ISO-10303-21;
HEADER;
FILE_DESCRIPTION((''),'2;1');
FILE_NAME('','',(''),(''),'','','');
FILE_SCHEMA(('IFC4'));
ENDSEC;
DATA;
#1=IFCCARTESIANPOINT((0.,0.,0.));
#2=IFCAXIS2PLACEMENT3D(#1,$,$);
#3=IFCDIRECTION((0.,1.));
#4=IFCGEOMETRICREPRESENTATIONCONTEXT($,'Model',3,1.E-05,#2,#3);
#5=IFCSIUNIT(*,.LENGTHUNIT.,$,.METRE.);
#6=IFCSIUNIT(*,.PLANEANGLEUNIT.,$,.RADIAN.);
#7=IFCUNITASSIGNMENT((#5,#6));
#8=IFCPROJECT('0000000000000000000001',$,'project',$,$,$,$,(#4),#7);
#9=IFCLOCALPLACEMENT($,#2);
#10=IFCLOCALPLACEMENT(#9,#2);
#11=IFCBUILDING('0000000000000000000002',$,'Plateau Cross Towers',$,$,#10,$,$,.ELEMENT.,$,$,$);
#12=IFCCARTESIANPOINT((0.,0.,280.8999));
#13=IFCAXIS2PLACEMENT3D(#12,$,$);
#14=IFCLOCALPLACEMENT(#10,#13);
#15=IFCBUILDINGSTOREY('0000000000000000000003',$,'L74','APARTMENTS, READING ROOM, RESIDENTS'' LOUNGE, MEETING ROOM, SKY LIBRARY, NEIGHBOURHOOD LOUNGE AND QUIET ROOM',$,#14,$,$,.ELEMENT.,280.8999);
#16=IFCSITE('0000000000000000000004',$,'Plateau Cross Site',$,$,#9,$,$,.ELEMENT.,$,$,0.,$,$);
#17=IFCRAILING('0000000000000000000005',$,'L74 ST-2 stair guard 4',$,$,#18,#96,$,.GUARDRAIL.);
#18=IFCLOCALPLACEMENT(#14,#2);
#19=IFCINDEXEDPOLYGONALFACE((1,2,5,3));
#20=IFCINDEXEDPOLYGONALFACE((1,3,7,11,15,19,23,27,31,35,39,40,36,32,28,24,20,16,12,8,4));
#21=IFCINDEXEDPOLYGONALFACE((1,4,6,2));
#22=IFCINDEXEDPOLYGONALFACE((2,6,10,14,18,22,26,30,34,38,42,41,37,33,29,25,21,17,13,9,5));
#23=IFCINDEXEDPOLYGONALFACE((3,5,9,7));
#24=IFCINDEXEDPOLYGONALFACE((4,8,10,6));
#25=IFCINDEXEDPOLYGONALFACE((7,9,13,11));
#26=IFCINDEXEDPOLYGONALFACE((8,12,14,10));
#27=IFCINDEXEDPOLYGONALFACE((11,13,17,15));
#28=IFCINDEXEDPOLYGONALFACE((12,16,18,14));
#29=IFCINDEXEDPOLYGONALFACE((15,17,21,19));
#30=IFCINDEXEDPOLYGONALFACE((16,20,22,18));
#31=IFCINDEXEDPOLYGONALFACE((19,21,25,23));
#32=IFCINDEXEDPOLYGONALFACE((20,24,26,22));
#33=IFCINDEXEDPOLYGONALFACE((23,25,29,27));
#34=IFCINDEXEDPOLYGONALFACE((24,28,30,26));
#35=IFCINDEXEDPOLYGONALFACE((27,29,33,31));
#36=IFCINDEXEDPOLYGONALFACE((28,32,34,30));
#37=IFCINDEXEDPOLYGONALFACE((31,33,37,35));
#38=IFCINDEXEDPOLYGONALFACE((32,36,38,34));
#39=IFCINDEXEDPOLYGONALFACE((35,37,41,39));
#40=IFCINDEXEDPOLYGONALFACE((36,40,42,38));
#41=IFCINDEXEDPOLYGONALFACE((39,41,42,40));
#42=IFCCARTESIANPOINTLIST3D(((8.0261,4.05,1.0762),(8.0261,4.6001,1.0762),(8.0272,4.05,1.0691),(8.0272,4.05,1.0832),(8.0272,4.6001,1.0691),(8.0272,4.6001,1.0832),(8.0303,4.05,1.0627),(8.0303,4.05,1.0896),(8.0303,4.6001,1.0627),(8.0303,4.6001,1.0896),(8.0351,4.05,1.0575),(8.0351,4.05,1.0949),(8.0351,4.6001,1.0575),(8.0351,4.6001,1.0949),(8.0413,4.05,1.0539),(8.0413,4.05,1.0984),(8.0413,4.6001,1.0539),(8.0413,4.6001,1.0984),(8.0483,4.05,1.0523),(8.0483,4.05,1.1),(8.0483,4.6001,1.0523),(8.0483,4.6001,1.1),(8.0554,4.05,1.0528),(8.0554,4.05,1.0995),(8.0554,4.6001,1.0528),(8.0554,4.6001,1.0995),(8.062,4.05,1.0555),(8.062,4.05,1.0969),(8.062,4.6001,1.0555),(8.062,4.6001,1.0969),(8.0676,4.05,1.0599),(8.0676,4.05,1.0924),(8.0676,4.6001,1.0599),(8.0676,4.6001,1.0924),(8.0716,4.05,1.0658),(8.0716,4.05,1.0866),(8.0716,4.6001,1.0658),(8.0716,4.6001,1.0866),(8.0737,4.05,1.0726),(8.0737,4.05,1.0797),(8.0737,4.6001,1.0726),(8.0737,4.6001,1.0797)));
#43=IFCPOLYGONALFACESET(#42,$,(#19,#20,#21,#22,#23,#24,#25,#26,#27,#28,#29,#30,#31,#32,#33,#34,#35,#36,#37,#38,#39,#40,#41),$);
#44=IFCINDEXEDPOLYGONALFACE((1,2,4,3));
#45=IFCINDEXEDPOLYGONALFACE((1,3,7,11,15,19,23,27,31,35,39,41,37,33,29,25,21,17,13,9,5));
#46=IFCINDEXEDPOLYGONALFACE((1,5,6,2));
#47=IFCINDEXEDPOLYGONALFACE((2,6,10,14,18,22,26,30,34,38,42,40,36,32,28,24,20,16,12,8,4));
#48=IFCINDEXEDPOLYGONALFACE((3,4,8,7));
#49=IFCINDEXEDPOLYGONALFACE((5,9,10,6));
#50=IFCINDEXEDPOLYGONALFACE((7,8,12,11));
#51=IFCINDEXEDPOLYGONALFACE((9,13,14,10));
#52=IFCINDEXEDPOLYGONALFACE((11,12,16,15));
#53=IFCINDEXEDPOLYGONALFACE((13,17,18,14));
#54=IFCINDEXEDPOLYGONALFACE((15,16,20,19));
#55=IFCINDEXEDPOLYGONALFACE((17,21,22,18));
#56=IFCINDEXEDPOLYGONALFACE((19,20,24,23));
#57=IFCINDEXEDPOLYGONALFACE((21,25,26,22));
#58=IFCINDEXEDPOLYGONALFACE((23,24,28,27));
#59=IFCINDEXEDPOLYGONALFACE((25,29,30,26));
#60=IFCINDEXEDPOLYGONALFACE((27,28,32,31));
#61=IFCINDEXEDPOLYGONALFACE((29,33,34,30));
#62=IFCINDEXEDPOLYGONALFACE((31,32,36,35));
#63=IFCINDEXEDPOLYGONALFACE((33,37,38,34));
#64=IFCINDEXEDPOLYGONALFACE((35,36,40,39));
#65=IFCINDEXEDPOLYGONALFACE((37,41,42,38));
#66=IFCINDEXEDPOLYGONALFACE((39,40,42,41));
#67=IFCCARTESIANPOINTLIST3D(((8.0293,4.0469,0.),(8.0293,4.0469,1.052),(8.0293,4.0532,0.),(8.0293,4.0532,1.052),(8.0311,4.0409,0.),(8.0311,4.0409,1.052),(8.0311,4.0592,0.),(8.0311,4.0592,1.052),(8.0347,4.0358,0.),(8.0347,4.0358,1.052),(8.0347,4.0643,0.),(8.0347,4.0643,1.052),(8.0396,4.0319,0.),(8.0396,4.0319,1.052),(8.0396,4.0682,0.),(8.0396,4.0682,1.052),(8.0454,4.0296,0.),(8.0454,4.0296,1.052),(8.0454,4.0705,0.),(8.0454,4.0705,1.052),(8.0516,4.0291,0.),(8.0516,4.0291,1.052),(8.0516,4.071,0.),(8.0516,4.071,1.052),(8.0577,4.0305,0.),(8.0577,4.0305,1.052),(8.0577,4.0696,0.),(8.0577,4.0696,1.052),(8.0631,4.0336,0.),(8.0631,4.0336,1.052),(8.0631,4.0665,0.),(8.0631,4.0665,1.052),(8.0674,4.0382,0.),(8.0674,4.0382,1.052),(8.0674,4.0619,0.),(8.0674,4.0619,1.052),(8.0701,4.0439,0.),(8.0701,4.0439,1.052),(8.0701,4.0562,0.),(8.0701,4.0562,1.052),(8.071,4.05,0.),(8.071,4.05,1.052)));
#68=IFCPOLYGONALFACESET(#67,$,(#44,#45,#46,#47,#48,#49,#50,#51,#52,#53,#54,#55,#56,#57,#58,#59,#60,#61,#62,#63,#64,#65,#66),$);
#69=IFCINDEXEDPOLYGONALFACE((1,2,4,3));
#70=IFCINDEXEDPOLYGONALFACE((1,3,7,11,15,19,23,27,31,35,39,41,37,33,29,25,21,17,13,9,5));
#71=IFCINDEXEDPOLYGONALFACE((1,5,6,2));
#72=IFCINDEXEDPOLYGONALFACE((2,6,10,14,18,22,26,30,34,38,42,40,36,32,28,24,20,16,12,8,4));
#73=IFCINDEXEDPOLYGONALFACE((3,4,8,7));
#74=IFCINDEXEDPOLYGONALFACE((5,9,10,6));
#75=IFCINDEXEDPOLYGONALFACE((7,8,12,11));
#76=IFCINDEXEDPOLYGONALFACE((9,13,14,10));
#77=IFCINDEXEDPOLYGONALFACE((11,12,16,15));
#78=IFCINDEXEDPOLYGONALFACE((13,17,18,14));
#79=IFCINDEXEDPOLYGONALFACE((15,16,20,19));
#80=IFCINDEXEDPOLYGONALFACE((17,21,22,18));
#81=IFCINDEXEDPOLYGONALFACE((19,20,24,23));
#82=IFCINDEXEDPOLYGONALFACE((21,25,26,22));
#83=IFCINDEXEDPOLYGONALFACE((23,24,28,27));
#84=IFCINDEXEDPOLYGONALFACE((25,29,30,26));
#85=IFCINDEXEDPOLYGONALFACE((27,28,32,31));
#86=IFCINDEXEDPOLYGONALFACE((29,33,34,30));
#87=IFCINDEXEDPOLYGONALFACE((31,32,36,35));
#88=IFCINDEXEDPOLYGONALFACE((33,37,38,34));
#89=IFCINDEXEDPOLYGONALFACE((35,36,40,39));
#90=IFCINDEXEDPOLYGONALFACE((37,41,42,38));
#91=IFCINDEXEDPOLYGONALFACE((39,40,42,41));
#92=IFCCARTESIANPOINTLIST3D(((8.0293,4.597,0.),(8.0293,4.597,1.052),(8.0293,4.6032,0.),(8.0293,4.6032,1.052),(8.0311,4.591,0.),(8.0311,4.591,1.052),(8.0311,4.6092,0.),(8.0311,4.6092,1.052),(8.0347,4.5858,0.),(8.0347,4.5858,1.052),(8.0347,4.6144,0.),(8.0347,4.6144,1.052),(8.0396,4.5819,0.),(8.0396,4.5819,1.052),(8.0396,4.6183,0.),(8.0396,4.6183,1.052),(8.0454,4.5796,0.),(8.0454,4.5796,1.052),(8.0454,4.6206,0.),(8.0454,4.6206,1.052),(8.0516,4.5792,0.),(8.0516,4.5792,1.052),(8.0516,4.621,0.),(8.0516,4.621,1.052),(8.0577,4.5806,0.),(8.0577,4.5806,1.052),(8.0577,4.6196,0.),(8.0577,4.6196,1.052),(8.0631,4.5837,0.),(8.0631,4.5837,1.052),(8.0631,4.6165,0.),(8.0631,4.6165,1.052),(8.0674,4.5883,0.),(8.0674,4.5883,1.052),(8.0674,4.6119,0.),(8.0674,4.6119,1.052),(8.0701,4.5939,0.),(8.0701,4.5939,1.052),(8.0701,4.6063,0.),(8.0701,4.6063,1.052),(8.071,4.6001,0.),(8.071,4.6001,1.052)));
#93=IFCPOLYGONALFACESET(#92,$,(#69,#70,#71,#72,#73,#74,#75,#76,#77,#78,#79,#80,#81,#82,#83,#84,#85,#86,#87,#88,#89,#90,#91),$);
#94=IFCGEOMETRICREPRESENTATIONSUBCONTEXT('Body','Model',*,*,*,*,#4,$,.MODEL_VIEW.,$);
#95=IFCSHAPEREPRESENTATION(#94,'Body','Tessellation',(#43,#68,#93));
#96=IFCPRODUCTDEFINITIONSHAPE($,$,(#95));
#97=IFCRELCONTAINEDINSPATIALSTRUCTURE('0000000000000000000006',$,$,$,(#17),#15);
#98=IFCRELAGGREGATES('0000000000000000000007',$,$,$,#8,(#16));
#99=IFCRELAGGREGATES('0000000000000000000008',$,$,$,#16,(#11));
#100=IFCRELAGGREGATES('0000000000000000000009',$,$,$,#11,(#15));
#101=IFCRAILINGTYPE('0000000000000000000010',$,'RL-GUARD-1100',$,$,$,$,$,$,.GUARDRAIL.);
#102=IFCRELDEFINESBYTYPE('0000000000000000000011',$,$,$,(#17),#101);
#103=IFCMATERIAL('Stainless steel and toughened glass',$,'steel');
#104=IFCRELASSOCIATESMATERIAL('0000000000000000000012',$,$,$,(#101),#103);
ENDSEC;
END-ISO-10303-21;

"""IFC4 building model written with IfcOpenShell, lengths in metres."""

from ifc_helpers import new_model, si_unit, direction, frame, origin, origin_2d, place, context, subcontext, project, spatial, circle, extrude, material, type_object, element, save


model = new_model("IFC4")

# Units and contexts
model_context = context("Model", 3, precision=1e-05, world=origin(), true_north=direction((0.0, 1.0)))
body_context = subcontext(model_context, "Body", "Model", "MODEL_VIEW")
ifc_project = project(units=[si_unit("LENGTHUNIT", "METRE"), si_unit("PLANEANGLEUNIT", "RADIAN")], contexts=[model_context])

# Site, building, storey
site_placement = place(None, origin())
site = spatial("IfcSite", under=ifc_project, at=site_placement, Name="Plateau Cross Site", CompositionType="ELEMENT", RefElevation=0.0)
building_placement = place(site_placement, origin())
building = spatial("IfcBuilding", under=site, at=building_placement, Name="Plateau Cross Towers", CompositionType="ELEMENT")
storey_placement = place(building_placement, frame((0.0, 0.0, 280.8999)))
storey = spatial("IfcBuildingStorey", under=building, at=storey_placement, Name="L74", Description="APARTMENTS, READING ROOM, RESIDENTS' LOUNGE, MEETING ROOM, SKY LIBRARY, NEIGHBOURHOOD LOUNGE AND QUIET ROOM", CompositionType="ELEMENT", Elevation=280.8999)

# Railing
ifc_material_1 = material(Name="Stainless steel and toughened glass", Category="steel")
railing_type_1 = type_object("IfcRailingType", Name="RL-GUARD-1100", PredefinedType="GUARDRAIL", material=ifc_material_1)
railing_1_placement = place(storey_placement, frame((8.05, 4.05, 0.0)))
element("IfcRailing", 1, at=railing_1_placement, inside=storey, type_object=railing_type_1, Name="L74 ST-2 stair guard 4", PredefinedType="GUARDRAIL", context=body_context, shape_type="SweptSolid", body=[
    extrude(circle(Radius=0.0239, at=origin_2d()), frame((0.0, 0.0, 1.0762), z_axis=(0.0, 1.0, 0.0), x_axis=(-1.0, 0.0, 0.0)), (0.0, 0.0, 1.0), 0.55),
    extrude(circle(Radius=0.021, at=origin_2d()), origin(), (0.0, 0.0, 1.0), 1.052),
    extrude(circle(Radius=0.021, at=origin_2d()), frame((0.0, 0.55, 0.0)), (0.0, 0.0, 1.0), 1.052),
])

save(model, "model.ifc")
